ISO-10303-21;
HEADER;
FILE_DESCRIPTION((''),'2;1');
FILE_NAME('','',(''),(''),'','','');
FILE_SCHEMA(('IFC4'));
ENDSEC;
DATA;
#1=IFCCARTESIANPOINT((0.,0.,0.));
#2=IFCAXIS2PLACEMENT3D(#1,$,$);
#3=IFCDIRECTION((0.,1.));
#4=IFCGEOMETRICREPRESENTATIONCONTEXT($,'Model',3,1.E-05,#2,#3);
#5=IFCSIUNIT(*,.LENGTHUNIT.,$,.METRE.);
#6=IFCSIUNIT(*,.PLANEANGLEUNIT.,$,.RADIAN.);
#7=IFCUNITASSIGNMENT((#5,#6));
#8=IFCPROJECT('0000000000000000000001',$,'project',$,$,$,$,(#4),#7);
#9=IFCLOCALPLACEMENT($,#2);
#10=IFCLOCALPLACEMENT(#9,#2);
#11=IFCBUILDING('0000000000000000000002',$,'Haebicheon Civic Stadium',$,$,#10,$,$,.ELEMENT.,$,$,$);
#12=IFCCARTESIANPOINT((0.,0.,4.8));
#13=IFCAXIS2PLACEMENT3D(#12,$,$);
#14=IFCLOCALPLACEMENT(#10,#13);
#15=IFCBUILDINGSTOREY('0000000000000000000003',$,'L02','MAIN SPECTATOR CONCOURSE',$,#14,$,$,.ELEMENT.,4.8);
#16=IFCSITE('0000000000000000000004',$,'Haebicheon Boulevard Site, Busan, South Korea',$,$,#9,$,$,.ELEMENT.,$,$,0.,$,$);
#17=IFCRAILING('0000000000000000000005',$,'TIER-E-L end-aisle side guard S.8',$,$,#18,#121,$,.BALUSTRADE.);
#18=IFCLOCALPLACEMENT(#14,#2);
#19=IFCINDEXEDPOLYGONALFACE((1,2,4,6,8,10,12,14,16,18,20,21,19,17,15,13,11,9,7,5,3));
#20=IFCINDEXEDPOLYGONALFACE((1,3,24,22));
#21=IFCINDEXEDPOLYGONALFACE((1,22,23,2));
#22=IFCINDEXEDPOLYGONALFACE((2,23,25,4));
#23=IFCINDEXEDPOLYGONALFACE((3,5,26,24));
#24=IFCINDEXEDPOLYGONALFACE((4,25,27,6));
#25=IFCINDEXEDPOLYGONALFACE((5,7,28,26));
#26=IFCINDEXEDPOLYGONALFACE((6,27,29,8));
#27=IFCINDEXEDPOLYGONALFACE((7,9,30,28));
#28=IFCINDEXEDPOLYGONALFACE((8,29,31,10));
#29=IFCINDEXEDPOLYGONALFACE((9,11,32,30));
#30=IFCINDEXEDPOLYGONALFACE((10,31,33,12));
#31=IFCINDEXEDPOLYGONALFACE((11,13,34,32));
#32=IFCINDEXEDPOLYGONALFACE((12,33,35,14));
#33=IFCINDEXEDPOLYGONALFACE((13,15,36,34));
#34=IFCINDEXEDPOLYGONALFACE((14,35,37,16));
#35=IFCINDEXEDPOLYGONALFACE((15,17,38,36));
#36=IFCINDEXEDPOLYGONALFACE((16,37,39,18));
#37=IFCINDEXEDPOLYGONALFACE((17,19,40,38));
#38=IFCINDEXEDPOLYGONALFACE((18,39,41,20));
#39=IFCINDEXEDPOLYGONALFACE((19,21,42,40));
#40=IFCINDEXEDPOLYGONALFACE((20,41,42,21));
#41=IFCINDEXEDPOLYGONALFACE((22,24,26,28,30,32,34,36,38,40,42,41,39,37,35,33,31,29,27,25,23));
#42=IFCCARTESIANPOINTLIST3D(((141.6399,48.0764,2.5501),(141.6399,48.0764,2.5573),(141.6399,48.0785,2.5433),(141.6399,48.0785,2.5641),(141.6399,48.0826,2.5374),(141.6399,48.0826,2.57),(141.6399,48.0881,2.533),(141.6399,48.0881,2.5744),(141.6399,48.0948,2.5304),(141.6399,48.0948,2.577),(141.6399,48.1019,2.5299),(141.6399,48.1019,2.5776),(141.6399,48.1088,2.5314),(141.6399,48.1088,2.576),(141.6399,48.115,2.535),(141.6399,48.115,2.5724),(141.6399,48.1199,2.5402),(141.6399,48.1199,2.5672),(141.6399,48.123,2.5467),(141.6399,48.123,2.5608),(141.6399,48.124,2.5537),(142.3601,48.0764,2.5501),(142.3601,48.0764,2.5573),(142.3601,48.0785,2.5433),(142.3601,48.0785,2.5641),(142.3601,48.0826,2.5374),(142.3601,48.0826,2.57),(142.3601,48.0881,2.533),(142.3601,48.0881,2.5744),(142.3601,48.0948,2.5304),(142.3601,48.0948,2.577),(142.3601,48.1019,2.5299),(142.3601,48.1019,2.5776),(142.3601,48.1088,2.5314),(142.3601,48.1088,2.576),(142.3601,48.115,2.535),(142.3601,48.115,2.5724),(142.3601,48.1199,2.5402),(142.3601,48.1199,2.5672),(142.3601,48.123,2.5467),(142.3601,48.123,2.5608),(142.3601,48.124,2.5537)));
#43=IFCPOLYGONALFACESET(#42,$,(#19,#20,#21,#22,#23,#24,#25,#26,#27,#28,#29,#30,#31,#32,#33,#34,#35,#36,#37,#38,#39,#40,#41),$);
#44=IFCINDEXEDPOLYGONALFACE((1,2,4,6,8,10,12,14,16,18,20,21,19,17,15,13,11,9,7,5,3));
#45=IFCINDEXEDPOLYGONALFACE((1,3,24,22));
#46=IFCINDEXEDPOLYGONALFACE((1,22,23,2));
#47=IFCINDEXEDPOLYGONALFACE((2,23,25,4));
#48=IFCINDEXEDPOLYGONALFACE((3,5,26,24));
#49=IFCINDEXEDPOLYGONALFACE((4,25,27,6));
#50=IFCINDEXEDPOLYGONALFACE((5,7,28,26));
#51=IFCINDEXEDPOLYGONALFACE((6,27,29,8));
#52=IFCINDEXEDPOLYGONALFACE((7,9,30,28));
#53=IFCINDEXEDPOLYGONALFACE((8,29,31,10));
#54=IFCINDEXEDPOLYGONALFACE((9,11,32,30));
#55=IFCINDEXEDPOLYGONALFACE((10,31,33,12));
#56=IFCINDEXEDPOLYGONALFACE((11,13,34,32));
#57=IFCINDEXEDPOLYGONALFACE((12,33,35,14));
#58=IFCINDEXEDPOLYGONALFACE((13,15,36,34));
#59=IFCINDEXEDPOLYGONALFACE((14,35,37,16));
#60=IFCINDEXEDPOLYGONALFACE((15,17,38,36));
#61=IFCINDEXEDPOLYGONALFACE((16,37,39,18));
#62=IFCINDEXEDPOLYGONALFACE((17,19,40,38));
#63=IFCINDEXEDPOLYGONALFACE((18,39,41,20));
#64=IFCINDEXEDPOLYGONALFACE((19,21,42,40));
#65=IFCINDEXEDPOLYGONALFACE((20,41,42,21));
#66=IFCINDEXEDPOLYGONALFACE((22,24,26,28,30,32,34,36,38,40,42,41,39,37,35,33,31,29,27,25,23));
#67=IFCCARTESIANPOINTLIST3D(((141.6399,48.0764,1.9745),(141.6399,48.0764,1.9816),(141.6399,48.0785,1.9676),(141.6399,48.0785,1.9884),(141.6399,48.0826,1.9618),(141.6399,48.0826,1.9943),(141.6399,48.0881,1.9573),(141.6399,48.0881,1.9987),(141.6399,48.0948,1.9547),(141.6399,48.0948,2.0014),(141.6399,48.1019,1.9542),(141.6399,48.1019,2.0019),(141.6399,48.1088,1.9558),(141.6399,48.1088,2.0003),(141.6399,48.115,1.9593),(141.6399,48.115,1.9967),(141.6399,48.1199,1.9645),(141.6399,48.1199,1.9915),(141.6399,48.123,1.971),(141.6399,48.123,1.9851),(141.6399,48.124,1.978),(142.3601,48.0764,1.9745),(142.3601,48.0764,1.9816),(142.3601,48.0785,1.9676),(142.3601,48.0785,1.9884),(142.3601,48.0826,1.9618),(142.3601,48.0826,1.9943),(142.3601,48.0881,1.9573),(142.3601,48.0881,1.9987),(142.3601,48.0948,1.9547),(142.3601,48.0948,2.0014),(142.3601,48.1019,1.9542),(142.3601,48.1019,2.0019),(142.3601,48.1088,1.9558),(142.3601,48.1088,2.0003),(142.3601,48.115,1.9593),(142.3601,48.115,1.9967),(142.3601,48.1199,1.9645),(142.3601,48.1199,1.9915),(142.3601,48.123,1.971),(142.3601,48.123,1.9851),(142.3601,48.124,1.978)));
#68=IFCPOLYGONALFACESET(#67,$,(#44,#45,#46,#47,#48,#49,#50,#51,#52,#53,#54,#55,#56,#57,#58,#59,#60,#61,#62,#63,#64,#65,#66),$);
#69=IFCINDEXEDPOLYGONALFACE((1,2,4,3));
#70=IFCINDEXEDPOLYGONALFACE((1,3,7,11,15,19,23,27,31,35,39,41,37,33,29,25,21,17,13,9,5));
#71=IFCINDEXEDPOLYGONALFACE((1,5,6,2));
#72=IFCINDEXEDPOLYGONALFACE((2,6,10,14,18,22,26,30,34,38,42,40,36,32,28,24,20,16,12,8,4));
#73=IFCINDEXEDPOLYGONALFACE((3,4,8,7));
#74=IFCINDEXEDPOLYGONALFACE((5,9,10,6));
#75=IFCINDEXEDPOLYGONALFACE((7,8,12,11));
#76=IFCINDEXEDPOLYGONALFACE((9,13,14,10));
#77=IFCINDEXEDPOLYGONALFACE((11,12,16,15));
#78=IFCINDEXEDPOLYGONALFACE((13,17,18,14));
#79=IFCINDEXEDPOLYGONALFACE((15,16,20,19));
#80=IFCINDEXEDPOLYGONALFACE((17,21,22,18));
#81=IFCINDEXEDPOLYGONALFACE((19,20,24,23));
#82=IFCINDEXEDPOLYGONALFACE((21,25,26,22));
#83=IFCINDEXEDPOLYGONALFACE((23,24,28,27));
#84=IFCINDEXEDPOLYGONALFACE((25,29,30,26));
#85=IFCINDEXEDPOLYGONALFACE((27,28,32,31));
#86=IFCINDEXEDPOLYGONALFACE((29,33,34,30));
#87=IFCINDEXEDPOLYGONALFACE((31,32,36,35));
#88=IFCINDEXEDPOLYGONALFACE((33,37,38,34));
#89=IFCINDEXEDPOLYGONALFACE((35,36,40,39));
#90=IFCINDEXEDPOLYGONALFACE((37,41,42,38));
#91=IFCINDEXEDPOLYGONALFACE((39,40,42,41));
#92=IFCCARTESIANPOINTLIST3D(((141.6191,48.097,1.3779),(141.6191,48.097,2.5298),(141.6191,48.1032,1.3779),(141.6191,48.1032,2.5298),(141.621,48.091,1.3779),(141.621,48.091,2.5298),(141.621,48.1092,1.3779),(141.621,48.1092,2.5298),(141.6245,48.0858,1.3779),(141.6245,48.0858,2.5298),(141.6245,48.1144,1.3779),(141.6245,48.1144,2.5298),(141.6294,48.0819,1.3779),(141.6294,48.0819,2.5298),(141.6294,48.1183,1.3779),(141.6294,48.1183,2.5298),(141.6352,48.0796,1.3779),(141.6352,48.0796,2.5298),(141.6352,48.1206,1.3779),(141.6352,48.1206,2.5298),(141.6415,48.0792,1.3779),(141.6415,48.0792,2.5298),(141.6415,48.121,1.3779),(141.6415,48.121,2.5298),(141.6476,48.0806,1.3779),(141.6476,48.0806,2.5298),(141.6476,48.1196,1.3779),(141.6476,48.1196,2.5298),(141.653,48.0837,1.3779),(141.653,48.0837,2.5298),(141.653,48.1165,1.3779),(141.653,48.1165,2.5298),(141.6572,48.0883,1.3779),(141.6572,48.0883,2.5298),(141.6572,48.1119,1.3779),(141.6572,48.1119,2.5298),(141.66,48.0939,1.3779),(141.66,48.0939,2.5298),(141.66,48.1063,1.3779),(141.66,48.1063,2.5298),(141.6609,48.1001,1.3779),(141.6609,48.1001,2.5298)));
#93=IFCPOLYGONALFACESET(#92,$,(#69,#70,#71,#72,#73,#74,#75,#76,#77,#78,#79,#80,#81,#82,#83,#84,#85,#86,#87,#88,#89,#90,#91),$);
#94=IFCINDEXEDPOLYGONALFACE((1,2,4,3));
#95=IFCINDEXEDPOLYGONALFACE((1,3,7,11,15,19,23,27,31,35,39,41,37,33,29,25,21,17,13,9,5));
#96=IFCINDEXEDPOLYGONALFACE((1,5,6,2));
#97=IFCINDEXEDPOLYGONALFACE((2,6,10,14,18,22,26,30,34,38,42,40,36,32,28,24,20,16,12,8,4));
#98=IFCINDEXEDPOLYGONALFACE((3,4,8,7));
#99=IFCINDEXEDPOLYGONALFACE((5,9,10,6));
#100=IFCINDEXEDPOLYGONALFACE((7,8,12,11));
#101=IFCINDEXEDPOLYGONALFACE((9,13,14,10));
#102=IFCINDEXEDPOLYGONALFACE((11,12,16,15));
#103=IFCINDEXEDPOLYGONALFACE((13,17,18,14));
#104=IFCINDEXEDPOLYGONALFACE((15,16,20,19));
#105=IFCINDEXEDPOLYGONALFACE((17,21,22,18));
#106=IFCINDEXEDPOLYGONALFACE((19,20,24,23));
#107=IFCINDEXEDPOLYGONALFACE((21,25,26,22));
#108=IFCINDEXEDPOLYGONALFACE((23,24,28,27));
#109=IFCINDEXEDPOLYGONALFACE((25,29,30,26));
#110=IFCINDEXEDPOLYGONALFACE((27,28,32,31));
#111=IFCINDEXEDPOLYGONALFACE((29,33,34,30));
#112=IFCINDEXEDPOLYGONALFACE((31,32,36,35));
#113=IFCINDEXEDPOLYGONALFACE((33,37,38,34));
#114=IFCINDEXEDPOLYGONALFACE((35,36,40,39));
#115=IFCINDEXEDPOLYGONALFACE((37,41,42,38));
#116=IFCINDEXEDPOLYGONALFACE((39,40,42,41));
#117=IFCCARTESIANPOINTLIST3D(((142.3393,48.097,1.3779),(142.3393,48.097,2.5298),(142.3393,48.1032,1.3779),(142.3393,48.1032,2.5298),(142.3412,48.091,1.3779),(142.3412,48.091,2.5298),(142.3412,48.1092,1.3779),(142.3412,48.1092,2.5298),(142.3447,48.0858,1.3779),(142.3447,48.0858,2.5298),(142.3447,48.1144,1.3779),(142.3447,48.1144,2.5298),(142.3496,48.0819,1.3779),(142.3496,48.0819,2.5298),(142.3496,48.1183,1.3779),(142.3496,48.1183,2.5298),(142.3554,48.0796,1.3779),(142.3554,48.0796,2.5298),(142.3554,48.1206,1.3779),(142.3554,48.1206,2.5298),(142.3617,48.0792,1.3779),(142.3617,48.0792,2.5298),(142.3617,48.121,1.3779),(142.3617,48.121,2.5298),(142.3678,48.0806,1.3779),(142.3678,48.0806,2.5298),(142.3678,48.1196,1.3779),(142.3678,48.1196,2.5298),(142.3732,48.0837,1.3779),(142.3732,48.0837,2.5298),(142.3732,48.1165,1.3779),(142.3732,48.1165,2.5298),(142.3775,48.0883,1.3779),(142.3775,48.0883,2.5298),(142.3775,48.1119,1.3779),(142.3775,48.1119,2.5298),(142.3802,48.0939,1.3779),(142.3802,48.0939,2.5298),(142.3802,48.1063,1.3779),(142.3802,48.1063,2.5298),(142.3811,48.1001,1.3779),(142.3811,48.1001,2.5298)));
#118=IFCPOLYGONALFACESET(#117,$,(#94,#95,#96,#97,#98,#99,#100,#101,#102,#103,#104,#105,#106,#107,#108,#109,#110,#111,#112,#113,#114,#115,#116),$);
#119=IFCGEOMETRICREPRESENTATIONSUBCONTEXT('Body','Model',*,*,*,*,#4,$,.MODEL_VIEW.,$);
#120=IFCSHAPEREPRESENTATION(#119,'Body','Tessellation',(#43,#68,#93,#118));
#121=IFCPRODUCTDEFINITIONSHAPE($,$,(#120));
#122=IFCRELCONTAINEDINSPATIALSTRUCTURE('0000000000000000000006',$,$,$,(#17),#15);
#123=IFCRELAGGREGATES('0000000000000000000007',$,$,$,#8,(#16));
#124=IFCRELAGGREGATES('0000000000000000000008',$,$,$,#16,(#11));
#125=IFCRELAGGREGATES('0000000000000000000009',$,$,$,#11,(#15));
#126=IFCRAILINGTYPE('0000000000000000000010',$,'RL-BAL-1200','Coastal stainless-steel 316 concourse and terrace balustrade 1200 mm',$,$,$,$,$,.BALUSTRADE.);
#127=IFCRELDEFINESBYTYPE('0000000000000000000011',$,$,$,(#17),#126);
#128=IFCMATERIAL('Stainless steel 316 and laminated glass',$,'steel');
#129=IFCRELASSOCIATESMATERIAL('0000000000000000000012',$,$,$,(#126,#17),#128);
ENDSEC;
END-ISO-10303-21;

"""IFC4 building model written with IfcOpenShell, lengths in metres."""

from ifc_helpers import new_model, si_unit, direction, frame, origin, origin_2d, place, context, subcontext, project, spatial, circle, extrude, material, type_object, element, save


model = new_model("IFC4")

# Units and contexts
model_context = context("Model", 3, precision=1e-05, world=origin(), true_north=direction((0.0, 1.0)))
body_context = subcontext(model_context, "Body", "Model", "MODEL_VIEW")
ifc_project = project(units=[si_unit("LENGTHUNIT", "METRE"), si_unit("PLANEANGLEUNIT", "RADIAN")], contexts=[model_context])

# Site, building, storey
site_placement = place(None, origin())
site = spatial("IfcSite", under=ifc_project, at=site_placement, Name="Haebicheon Boulevard Site, Busan, South Korea", CompositionType="ELEMENT", RefElevation=0.0)
building_placement = place(site_placement, origin())
building = spatial("IfcBuilding", under=site, at=building_placement, Name="Haebicheon Civic Stadium", CompositionType="ELEMENT")
storey_placement = place(building_placement, frame((0.0, 0.0, 4.8)))
storey = spatial("IfcBuildingStorey", under=building, at=storey_placement, Name="L02", Description="MAIN SPECTATOR CONCOURSE", CompositionType="ELEMENT", Elevation=4.8)

# Railing
ifc_material_1 = material(Name="Stainless steel 316 and laminated glass", Category="steel")
railing_type = type_object("IfcRailingType", Name="RL-BAL-1200", Description="Coastal stainless-steel 316 concourse and terrace balustrade 1200 mm", PredefinedType="BALUSTRADE", material=ifc_material_1)
railing_1_placement = place(storey_placement, frame((141.6399, 48.1001, 1.3779)))
element("IfcRailing", 1, at=railing_1_placement, inside=storey, type_object=railing_type, material=ifc_material_1, Name="TIER-E-L end-aisle side guard S.8", PredefinedType="BALUSTRADE", context=body_context, shape_type="SweptSolid", body=[
    extrude(circle(Radius=0.0239, at=origin_2d()), frame((0.0, 0.0, 1.1758), z_axis=(1.0, 0.0, 0.0), x_axis=(0.0, 1.0, 0.0)), (0.0, 0.0, 1.0), 0.7202),
    extrude(circle(Radius=0.0239, at=origin_2d()), frame((0.0, 0.0, 0.6001), z_axis=(1.0, 0.0, 0.0), x_axis=(0.0, 1.0, 0.0)), (0.0, 0.0, 1.0), 0.7202),
    extrude(circle(Radius=0.021, at=origin_2d()), origin(), (0.0, 0.0, 1.0), 1.1519),
    extrude(circle(Radius=0.021, at=origin_2d()), frame((0.7202, 0.0, 0.0)), (0.0, 0.0, 1.0), 1.1519),
])

save(model, "model.ifc")
